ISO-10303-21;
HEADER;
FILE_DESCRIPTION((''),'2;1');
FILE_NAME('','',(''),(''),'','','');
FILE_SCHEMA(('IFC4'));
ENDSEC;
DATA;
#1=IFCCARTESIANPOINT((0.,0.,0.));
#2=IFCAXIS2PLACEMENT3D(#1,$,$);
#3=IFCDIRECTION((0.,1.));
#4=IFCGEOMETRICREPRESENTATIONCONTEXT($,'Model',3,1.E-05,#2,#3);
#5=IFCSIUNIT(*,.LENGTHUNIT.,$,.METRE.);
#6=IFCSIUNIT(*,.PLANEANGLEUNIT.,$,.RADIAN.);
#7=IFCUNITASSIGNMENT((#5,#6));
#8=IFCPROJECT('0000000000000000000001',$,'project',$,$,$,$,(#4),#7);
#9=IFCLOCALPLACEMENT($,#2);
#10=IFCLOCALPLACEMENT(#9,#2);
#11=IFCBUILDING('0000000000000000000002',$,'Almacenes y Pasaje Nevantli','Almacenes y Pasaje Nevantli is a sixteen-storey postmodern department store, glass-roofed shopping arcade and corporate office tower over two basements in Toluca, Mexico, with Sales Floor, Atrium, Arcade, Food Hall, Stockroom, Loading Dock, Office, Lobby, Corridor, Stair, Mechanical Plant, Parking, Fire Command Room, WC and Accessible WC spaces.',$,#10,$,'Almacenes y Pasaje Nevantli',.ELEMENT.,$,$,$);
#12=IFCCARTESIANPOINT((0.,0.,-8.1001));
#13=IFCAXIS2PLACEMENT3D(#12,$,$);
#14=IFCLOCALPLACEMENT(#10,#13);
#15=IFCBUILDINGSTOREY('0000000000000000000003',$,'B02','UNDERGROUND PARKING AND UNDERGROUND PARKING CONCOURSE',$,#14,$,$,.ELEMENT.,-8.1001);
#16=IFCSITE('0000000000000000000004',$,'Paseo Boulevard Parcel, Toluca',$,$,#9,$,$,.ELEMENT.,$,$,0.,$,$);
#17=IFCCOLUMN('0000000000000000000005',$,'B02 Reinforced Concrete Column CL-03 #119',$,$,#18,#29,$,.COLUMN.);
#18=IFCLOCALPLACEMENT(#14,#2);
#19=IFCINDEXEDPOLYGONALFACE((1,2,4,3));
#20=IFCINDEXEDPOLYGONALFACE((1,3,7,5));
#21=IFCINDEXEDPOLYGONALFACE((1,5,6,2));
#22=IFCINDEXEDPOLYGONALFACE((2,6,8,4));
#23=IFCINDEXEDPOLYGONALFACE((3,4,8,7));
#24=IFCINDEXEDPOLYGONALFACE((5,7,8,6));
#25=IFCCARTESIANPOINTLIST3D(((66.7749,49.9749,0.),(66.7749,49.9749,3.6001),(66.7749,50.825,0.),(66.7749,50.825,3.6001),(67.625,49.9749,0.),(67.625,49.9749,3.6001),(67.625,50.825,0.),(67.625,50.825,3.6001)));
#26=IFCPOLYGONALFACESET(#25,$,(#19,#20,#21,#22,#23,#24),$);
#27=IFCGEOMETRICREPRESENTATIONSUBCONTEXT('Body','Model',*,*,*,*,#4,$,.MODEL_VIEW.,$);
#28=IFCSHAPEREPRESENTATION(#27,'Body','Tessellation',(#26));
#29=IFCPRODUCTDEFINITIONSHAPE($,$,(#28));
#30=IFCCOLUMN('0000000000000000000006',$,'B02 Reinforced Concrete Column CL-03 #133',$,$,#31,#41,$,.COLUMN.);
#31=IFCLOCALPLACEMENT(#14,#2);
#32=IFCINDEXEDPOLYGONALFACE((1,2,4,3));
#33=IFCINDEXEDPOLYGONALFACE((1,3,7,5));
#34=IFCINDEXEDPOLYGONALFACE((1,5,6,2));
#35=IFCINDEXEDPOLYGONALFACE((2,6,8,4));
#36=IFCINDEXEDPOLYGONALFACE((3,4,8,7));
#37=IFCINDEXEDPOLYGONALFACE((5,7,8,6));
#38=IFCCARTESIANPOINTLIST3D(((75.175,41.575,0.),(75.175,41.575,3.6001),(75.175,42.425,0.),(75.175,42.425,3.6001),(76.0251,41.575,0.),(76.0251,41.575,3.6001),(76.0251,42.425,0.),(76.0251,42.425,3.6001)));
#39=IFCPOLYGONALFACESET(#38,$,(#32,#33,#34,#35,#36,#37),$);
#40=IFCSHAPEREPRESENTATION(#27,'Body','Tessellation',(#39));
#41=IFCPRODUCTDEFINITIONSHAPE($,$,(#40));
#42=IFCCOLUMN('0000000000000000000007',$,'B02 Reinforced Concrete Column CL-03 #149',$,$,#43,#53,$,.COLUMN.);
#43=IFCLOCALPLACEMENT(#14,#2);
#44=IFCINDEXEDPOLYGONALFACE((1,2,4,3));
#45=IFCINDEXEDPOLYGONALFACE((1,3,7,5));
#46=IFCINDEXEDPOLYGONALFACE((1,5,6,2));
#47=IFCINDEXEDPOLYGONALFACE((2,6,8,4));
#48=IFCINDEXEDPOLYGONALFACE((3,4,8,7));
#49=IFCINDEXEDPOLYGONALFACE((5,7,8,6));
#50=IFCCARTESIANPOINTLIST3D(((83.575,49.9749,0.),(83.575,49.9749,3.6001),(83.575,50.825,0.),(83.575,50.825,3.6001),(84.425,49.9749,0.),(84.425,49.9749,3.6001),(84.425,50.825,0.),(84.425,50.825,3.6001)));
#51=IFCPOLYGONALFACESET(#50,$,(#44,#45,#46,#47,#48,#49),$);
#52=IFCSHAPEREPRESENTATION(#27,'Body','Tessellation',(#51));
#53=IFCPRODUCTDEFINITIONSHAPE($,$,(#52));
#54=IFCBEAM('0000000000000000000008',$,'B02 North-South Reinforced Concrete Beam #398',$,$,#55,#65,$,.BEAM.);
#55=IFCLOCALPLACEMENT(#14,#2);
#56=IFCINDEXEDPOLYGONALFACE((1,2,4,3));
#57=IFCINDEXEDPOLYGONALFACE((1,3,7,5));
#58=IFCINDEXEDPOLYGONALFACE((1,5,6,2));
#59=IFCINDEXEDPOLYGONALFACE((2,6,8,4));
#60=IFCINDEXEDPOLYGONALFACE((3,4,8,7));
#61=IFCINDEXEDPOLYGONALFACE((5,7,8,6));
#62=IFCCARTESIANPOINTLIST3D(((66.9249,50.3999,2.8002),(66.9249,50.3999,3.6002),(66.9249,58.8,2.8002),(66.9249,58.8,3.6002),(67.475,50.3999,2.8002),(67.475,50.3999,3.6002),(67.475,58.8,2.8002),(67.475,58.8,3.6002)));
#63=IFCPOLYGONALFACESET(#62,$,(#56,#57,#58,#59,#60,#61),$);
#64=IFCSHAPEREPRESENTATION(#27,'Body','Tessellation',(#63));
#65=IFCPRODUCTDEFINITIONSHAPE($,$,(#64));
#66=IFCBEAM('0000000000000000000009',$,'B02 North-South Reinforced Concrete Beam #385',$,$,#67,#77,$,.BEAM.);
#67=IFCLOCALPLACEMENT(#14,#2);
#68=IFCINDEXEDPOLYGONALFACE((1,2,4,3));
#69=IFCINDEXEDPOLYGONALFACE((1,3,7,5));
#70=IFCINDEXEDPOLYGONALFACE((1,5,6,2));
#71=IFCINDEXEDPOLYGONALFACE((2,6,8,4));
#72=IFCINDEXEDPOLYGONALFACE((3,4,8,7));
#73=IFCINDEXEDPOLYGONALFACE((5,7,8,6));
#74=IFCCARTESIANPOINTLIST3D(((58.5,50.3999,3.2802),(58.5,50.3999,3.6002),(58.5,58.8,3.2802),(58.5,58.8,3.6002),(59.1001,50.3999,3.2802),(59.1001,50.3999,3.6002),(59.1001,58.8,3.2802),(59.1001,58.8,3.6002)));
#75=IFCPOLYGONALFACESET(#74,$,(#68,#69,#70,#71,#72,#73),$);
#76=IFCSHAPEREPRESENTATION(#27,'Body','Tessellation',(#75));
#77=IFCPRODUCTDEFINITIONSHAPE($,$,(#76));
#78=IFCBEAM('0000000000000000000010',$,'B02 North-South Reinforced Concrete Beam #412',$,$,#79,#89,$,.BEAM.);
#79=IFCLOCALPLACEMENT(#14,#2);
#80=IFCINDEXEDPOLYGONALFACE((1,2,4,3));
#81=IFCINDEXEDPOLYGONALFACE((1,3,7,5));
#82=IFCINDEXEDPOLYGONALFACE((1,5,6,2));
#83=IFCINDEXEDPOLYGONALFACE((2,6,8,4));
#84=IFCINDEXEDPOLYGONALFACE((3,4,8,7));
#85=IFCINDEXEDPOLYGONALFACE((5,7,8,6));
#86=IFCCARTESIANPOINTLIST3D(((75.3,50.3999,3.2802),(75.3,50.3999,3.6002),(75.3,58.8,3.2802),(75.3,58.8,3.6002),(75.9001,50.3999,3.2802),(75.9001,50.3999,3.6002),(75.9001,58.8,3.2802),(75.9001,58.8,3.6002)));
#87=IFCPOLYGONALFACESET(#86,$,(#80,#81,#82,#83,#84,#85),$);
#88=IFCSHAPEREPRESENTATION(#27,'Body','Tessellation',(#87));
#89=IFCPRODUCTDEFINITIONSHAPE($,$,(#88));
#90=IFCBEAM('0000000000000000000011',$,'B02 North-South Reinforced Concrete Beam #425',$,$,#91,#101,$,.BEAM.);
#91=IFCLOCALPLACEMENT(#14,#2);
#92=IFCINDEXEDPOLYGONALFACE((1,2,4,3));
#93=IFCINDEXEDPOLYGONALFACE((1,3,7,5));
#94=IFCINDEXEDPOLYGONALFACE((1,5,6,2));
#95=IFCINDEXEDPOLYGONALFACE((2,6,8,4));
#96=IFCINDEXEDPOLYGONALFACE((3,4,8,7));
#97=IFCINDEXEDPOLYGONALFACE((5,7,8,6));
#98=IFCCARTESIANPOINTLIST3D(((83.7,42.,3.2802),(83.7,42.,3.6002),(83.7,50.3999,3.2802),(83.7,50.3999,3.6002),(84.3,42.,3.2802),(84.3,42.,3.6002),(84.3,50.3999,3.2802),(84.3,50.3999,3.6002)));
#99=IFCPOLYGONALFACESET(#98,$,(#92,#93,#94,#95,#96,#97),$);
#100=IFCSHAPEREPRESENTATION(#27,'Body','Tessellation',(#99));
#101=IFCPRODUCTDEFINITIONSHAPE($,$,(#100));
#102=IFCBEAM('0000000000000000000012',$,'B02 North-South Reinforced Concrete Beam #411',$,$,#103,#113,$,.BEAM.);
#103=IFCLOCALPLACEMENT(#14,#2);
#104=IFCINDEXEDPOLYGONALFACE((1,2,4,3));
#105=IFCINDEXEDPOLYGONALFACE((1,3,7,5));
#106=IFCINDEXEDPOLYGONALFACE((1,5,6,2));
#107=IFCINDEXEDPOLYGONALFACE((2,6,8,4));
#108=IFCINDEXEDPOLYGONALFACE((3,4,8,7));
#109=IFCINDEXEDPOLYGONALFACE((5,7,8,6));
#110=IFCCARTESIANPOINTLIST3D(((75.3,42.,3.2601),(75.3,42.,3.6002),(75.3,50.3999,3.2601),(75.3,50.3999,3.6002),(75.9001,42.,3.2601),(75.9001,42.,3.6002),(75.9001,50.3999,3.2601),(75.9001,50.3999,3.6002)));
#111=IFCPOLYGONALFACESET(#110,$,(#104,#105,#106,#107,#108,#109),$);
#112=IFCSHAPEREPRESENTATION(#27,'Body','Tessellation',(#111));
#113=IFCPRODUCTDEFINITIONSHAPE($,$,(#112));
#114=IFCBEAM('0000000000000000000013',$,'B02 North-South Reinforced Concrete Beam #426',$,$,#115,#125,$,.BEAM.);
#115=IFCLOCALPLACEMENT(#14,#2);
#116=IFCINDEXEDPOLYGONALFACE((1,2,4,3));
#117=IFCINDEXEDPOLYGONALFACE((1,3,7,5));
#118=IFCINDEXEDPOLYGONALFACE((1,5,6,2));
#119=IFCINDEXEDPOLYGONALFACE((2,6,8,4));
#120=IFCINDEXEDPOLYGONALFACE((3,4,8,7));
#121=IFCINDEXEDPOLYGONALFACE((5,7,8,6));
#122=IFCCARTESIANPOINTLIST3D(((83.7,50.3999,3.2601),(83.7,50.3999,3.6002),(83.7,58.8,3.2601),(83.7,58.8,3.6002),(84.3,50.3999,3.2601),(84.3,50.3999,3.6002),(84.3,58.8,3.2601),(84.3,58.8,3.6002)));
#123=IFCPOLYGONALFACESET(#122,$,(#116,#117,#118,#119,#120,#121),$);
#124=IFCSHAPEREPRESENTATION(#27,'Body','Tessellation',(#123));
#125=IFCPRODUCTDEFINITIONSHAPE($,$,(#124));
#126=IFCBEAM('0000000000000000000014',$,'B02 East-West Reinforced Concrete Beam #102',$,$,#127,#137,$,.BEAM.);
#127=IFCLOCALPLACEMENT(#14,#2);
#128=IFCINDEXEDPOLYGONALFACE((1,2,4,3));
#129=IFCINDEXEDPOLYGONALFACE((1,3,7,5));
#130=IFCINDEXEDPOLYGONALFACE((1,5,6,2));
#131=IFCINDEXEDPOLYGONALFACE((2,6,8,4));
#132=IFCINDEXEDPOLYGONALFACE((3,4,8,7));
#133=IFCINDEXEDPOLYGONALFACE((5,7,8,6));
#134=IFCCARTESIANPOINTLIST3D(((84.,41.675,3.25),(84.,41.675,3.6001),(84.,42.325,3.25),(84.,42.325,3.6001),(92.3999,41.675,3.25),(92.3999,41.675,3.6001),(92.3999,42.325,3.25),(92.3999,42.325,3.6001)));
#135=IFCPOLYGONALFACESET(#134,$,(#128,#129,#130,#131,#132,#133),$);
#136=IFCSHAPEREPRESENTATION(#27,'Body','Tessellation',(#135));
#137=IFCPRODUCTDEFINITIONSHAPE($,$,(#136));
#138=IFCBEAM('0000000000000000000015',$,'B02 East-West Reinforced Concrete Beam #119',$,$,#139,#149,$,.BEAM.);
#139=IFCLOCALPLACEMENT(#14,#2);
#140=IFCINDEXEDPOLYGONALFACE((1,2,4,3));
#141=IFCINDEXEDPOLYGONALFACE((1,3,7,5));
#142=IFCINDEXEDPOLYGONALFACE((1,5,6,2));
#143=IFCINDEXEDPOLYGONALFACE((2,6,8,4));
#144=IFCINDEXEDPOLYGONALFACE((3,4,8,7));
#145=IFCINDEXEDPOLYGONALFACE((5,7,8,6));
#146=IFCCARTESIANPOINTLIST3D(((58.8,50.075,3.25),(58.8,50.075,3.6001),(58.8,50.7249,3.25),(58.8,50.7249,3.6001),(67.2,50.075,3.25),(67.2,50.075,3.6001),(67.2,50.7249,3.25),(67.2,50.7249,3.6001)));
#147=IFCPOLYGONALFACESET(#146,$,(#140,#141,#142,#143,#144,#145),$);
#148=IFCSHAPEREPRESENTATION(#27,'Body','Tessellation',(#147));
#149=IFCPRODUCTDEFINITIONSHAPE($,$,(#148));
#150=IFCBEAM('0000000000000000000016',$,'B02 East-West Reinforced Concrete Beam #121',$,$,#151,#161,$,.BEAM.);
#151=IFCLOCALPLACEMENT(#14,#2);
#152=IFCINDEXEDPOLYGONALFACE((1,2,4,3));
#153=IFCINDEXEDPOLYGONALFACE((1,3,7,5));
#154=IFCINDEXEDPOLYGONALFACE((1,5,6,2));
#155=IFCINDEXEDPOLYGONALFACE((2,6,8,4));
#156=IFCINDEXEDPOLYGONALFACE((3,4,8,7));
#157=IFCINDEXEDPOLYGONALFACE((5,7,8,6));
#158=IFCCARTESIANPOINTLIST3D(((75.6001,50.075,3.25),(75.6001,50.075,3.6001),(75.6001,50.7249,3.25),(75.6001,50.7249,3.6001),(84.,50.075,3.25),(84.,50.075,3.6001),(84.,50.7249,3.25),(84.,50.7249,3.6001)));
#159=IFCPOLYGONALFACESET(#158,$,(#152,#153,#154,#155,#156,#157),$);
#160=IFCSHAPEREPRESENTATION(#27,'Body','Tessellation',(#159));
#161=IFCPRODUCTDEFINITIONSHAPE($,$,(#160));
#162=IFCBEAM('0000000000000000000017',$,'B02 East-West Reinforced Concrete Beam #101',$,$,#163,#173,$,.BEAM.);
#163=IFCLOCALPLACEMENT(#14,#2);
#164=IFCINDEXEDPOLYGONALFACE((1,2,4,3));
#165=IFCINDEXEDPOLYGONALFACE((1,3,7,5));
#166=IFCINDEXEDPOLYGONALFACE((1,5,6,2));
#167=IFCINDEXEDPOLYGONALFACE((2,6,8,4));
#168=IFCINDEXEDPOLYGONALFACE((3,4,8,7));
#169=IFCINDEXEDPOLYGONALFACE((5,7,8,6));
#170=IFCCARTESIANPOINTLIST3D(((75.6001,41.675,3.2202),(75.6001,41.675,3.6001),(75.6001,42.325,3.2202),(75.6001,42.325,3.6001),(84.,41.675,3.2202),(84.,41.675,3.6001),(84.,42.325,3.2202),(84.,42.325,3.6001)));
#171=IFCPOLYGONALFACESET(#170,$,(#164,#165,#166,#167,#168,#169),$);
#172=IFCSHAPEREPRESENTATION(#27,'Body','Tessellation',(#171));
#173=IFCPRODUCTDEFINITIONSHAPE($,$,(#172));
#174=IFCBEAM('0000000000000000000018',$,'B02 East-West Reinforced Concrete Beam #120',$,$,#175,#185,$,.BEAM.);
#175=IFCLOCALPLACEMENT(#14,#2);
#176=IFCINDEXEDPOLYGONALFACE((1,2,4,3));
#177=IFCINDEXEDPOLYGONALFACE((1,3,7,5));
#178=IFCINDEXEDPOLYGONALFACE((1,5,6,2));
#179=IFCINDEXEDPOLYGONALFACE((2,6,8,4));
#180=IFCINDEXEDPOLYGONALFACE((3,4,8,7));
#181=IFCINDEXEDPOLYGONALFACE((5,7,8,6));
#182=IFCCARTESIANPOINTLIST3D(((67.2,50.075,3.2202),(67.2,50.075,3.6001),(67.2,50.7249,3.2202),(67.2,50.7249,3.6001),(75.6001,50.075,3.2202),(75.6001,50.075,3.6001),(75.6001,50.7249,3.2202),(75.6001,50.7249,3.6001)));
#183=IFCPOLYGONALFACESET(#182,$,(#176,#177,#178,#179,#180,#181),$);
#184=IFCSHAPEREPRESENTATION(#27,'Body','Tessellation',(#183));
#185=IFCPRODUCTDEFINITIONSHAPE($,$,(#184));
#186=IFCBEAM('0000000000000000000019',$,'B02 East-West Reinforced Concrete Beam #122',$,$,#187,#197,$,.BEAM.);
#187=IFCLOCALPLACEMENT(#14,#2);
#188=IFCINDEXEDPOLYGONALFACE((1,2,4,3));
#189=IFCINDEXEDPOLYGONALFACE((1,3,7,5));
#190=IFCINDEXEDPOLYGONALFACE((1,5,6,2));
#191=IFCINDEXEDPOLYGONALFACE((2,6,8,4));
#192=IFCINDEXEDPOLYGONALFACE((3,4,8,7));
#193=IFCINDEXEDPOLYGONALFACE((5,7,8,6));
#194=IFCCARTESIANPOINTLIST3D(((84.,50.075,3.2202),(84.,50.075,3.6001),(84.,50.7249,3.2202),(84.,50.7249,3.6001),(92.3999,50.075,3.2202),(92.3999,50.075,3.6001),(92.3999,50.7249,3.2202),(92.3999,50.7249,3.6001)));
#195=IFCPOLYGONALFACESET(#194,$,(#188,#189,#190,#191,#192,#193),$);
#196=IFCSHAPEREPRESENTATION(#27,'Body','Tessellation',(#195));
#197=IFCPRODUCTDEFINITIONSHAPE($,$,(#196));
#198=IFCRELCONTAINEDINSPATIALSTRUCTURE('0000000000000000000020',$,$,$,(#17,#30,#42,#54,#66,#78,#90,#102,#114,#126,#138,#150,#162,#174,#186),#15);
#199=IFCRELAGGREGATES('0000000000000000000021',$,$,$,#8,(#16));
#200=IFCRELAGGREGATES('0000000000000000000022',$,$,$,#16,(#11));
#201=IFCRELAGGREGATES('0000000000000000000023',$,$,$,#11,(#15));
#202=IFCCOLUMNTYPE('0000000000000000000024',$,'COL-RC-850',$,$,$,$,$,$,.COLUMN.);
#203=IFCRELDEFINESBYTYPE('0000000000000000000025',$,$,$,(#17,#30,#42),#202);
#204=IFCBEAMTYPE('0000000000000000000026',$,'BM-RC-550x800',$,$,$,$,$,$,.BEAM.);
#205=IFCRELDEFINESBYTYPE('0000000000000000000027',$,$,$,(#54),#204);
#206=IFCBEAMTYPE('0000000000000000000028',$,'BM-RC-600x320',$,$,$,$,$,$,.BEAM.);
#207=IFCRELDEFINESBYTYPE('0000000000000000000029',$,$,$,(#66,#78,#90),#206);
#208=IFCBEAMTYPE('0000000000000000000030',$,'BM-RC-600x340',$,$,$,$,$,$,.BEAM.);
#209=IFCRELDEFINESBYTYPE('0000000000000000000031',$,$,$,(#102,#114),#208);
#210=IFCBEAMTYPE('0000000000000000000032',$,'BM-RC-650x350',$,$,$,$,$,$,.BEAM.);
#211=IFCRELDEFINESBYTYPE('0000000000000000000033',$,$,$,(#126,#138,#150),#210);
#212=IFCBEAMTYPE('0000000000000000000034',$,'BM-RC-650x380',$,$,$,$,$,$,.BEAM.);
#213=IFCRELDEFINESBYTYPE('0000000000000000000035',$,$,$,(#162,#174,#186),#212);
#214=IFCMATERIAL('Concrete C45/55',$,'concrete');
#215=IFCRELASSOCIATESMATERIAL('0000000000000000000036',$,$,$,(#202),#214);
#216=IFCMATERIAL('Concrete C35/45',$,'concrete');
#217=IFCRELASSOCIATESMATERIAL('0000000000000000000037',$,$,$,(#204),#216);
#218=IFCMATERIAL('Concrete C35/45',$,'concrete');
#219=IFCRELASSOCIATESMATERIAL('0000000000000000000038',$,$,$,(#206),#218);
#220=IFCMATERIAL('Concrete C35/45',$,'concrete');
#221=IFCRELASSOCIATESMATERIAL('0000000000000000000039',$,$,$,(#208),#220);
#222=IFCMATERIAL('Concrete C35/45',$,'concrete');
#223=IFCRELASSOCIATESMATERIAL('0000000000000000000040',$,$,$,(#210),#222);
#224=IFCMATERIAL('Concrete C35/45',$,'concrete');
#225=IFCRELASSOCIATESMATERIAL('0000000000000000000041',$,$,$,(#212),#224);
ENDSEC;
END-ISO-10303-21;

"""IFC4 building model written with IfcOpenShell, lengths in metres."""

from ifc_helpers import new_model, si_unit, direction, frame, origin, origin_2d, place, context, subcontext, project, spatial, rectangle, extrude, material, material_profile, profile_set, type_object, element, save


model = new_model("IFC4")

# Units and contexts
model_context = context("Model", 3, precision=1e-05, world=origin(), true_north=direction((0.0, 1.0)))
body_context = subcontext(model_context, "Body", "Model", "MODEL_VIEW")
ifc_project = project(units=[si_unit("LENGTHUNIT", "METRE"), si_unit("PLANEANGLEUNIT", "RADIAN")], contexts=[model_context])

# Site, building, storey
site_placement = place(None, origin())
site = spatial("IfcSite", under=ifc_project, at=site_placement, Name="Paseo Boulevard Parcel, Toluca", CompositionType="ELEMENT", RefElevation=0.0)
building_placement = place(site_placement, origin())
building = spatial("IfcBuilding", under=site, at=building_placement, Name="Almacenes y Pasaje Nevantli", Description="Almacenes y Pasaje Nevantli is a sixteen-storey postmodern department store, glass-roofed shopping arcade and corporate office tower over two basements in Toluca, Mexico, with Sales Floor, Atrium, Arcade, Food Hall, Stockroom, Loading Dock, Office, Lobby, Corridor, Stair, Mechanical Plant, Parking, Fire Command Room, WC and Accessible WC spaces.", LongName="Almacenes y Pasaje Nevantli", CompositionType="ELEMENT")
storey_placement = place(building_placement, frame((0.0, 0.0, -8.1001)))
storey = spatial("IfcBuildingStorey", under=building, at=storey_placement, Name="B02", Description="UNDERGROUND PARKING AND UNDERGROUND PARKING CONCOURSE", CompositionType="ELEMENT", Elevation=-8.1001)

# Columns
ifc_material_1 = material(Name="Concrete C45/55", Category="concrete")
ifc_material_profile_1 = material_profile(ifc_material_1, rectangle(XDim=0.8501, YDim=0.8501, at=origin_2d()), Name="RC-COL-850x850")
ifc_profile_set_1 = profile_set([ifc_material_profile_1], Name="Concrete C45/55")
column_type_1 = type_object("IfcColumnType", Name="COL-RC-850", PredefinedType="COLUMN", material=ifc_profile_set_1)
for number, where, z_axis, x_axis, name in (
    (1, (67.2, 50.3999, 0.0), (0.0, 0.0, 1.0), (1.0, 0.0, 0.0), "B02 Reinforced Concrete Column CL-03 #119"),
    (2, (75.6001, 42.0, 0.0), (0.0, 0.0, 1.0), (1.0, 0.0, 0.0), "B02 Reinforced Concrete Column CL-03 #133"),
    (3, (84.0, 50.3999, 0.0), (0.0, 0.0, 1.0), (1.0, 0.0, 0.0), "B02 Reinforced Concrete Column CL-03 #149"),
):
    element("IfcColumn", number, at=place(storey_placement, frame(where, z_axis=z_axis, x_axis=x_axis)), inside=storey, type_object=column_type_1, Name=name, PredefinedType="COLUMN", context=body_context, shape_type="SweptSolid", body=[
        extrude(rectangle(XDim=0.8501, YDim=0.8501, at=origin_2d()), origin(), (0.0, 0.0, 1.0), 3.6001),
    ])

# Beams
ifc_material_2 = material(Name="Concrete C35/45", Category="concrete")
ifc_material_profile_2 = material_profile(ifc_material_2, rectangle(XDim=0.55, YDim=0.8, at=origin_2d()), Name="RC-BM-550x800")
ifc_profile_set_2 = profile_set([ifc_material_profile_2], Name="Concrete C35/45")
beam_type_1 = type_object("IfcBeamType", Name="BM-RC-550x800", PredefinedType="BEAM", material=ifc_profile_set_2)
beam_1_placement = place(storey_placement, frame((67.2, 50.3999, 3.2002), z_axis=(0.0, 1.0, 0.0), x_axis=(-1.0, 0.0, 0.0)))
element("IfcBeam", 4, at=beam_1_placement, inside=storey, type_object=beam_type_1, Name="B02 North-South Reinforced Concrete Beam #398", PredefinedType="BEAM", context=body_context, shape_type="SweptSolid", body=[
    extrude(rectangle(XDim=0.55, YDim=0.8, at=origin_2d()), origin(), (0.0, 0.0, 1.0), 8.4001),
])
ifc_material_3 = material(Name="Concrete C35/45", Category="concrete")
ifc_material_profile_3 = material_profile(ifc_material_3, rectangle(XDim=0.6001, YDim=0.3201, at=origin_2d()), Name="RC-BM-600x320")
ifc_profile_set_3 = profile_set([ifc_material_profile_3], Name="Concrete C35/45")
beam_type_2 = type_object("IfcBeamType", Name="BM-RC-600x320", PredefinedType="BEAM", material=ifc_profile_set_3)
for number, where, z_axis, x_axis, name in (
    (5, (58.8, 50.3999, 3.4402), (0.0, 1.0, 0.0), (-1.0, 0.0, 0.0), "B02 North-South Reinforced Concrete Beam #385"),
    (6, (75.6001, 50.3999, 3.4402), (0.0, 1.0, 0.0), (-1.0, 0.0, 0.0), "B02 North-South Reinforced Concrete Beam #412"),
):
    element("IfcBeam", number, at=place(storey_placement, frame(where, z_axis=z_axis, x_axis=x_axis)), inside=storey, type_object=beam_type_2, Name=name, PredefinedType="BEAM", context=body_context, shape_type="SweptSolid", body=[
        extrude(rectangle(XDim=0.6001, YDim=0.3201, at=origin_2d()), origin(), (0.0, 0.0, 1.0), 8.4001),
    ])
beam_2_placement = place(storey_placement, frame((84.0, 42.0, 3.4402), z_axis=(0.0, 1.0, 0.0), x_axis=(-1.0, 0.0, 0.0)))
element("IfcBeam", 7, at=beam_2_placement, inside=storey, type_object=beam_type_2, Name="B02 North-South Reinforced Concrete Beam #425", PredefinedType="BEAM", context=body_context, shape_type="SweptSolid", body=[
    extrude(rectangle(XDim=0.6001, YDim=0.3201, at=origin_2d()), origin(), (0.0, 0.0, 1.0), 8.3999),
])
ifc_material_4 = material(Name="Concrete C35/45", Category="concrete")
ifc_material_profile_4 = material_profile(ifc_material_4, rectangle(XDim=0.6001, YDim=0.3401, at=origin_2d()), Name="RC-BM-600x340")
ifc_profile_set_4 = profile_set([ifc_material_profile_4], Name="Concrete C35/45")
beam_type_3 = type_object("IfcBeamType", Name="BM-RC-600x340", PredefinedType="BEAM", material=ifc_profile_set_4)
beam_3_placement = place(storey_placement, frame((75.6001, 42.0, 3.4302), z_axis=(0.0, 1.0, 0.0), x_axis=(-1.0, 0.0, 0.0)))
element("IfcBeam", 8, at=beam_3_placement, inside=storey, type_object=beam_type_3, Name="B02 North-South Reinforced Concrete Beam #411", PredefinedType="BEAM", context=body_context, shape_type="SweptSolid", body=[
    extrude(rectangle(XDim=0.6001, YDim=0.3401, at=origin_2d()), origin(), (0.0, 0.0, 1.0), 8.3999),
])
beam_4_placement = place(storey_placement, frame((84.0, 50.3999, 3.4302), z_axis=(0.0, 1.0, 0.0), x_axis=(-1.0, 0.0, 0.0)))
element("IfcBeam", 9, at=beam_4_placement, inside=storey, type_object=beam_type_3, Name="B02 North-South Reinforced Concrete Beam #426", PredefinedType="BEAM", context=body_context, shape_type="SweptSolid", body=[
    extrude(rectangle(XDim=0.6001, YDim=0.3401, at=origin_2d()), origin(), (0.0, 0.0, 1.0), 8.4001),
])
ifc_material_5 = material(Name="Concrete C35/45", Category="concrete")
ifc_material_profile_5 = material_profile(ifc_material_5, rectangle(XDim=0.6499, YDim=0.3501, at=origin_2d()), Name="RC-BM-650x350")
ifc_profile_set_5 = profile_set([ifc_material_profile_5], Name="Concrete C35/45")
beam_type_4 = type_object("IfcBeamType", Name="BM-RC-650x350", PredefinedType="BEAM", material=ifc_profile_set_5)
for number, where, z_axis, x_axis, name in (
    (10, (84.0, 42.0, 3.425), (1.0, 0.0, 0.0), (0.0, 1.0, 0.0), "B02 East-West Reinforced Concrete Beam #102"),
    (11, (58.8, 50.3999, 3.425), (1.0, 0.0, 0.0), (0.0, 1.0, 0.0), "B02 East-West Reinforced Concrete Beam #119"),
    (12, (75.6001, 50.3999, 3.425), (1.0, 0.0, 0.0), (0.0, 1.0, 0.0), "B02 East-West Reinforced Concrete Beam #121"),
):
    element("IfcBeam", number, at=place(storey_placement, frame(where, z_axis=z_axis, x_axis=x_axis)), inside=storey, type_object=beam_type_4, Name=name, PredefinedType="BEAM", context=body_context, shape_type="SweptSolid", body=[
        extrude(rectangle(XDim=0.6499, YDim=0.3501, at=origin_2d()), origin(), (0.0, 0.0, 1.0), 8.3999),
    ])
ifc_material_6 = material(Name="Concrete C35/45", Category="concrete")
ifc_material_profile_6 = material_profile(ifc_material_6, rectangle(XDim=0.6499, YDim=0.3799, at=origin_2d()), Name="RC-BM-650x380")
ifc_profile_set_6 = profile_set([ifc_material_profile_6], Name="Concrete C35/45")
beam_type_5 = type_object("IfcBeamType", Name="BM-RC-650x380", PredefinedType="BEAM", material=ifc_profile_set_6)
beam_5_placement = place(storey_placement, frame((75.6001, 42.0, 3.4102), z_axis=(1.0, 0.0, 0.0), x_axis=(0.0, 1.0, 0.0)))
element("IfcBeam", 13, at=beam_5_placement, inside=storey, type_object=beam_type_5, Name="B02 East-West Reinforced Concrete Beam #101", PredefinedType="BEAM", context=body_context, shape_type="SweptSolid", body=[
    extrude(rectangle(XDim=0.6499, YDim=0.3799, at=origin_2d()), origin(), (0.0, 0.0, 1.0), 8.3999),
])
beam_6_placement = place(storey_placement, frame((67.2, 50.3999, 3.4102), z_axis=(1.0, 0.0, 0.0), x_axis=(0.0, 1.0, 0.0)))
element("IfcBeam", 14, at=beam_6_placement, inside=storey, type_object=beam_type_5, Name="B02 East-West Reinforced Concrete Beam #120", PredefinedType="BEAM", context=body_context, shape_type="SweptSolid", body=[
    extrude(rectangle(XDim=0.6499, YDim=0.3799, at=origin_2d()), origin(), (0.0, 0.0, 1.0), 8.4001),
])
beam_7_placement = place(storey_placement, frame((84.0, 50.3999, 3.4102), z_axis=(1.0, 0.0, 0.0), x_axis=(0.0, 1.0, 0.0)))
element("IfcBeam", 15, at=beam_7_placement, inside=storey, type_object=beam_type_5, Name="B02 East-West Reinforced Concrete Beam #122", PredefinedType="BEAM", context=body_context, shape_type="SweptSolid", body=[
    extrude(rectangle(XDim=0.6499, YDim=0.3799, at=origin_2d()), origin(), (0.0, 0.0, 1.0), 8.3999),
])

save(model, "model.ifc")
